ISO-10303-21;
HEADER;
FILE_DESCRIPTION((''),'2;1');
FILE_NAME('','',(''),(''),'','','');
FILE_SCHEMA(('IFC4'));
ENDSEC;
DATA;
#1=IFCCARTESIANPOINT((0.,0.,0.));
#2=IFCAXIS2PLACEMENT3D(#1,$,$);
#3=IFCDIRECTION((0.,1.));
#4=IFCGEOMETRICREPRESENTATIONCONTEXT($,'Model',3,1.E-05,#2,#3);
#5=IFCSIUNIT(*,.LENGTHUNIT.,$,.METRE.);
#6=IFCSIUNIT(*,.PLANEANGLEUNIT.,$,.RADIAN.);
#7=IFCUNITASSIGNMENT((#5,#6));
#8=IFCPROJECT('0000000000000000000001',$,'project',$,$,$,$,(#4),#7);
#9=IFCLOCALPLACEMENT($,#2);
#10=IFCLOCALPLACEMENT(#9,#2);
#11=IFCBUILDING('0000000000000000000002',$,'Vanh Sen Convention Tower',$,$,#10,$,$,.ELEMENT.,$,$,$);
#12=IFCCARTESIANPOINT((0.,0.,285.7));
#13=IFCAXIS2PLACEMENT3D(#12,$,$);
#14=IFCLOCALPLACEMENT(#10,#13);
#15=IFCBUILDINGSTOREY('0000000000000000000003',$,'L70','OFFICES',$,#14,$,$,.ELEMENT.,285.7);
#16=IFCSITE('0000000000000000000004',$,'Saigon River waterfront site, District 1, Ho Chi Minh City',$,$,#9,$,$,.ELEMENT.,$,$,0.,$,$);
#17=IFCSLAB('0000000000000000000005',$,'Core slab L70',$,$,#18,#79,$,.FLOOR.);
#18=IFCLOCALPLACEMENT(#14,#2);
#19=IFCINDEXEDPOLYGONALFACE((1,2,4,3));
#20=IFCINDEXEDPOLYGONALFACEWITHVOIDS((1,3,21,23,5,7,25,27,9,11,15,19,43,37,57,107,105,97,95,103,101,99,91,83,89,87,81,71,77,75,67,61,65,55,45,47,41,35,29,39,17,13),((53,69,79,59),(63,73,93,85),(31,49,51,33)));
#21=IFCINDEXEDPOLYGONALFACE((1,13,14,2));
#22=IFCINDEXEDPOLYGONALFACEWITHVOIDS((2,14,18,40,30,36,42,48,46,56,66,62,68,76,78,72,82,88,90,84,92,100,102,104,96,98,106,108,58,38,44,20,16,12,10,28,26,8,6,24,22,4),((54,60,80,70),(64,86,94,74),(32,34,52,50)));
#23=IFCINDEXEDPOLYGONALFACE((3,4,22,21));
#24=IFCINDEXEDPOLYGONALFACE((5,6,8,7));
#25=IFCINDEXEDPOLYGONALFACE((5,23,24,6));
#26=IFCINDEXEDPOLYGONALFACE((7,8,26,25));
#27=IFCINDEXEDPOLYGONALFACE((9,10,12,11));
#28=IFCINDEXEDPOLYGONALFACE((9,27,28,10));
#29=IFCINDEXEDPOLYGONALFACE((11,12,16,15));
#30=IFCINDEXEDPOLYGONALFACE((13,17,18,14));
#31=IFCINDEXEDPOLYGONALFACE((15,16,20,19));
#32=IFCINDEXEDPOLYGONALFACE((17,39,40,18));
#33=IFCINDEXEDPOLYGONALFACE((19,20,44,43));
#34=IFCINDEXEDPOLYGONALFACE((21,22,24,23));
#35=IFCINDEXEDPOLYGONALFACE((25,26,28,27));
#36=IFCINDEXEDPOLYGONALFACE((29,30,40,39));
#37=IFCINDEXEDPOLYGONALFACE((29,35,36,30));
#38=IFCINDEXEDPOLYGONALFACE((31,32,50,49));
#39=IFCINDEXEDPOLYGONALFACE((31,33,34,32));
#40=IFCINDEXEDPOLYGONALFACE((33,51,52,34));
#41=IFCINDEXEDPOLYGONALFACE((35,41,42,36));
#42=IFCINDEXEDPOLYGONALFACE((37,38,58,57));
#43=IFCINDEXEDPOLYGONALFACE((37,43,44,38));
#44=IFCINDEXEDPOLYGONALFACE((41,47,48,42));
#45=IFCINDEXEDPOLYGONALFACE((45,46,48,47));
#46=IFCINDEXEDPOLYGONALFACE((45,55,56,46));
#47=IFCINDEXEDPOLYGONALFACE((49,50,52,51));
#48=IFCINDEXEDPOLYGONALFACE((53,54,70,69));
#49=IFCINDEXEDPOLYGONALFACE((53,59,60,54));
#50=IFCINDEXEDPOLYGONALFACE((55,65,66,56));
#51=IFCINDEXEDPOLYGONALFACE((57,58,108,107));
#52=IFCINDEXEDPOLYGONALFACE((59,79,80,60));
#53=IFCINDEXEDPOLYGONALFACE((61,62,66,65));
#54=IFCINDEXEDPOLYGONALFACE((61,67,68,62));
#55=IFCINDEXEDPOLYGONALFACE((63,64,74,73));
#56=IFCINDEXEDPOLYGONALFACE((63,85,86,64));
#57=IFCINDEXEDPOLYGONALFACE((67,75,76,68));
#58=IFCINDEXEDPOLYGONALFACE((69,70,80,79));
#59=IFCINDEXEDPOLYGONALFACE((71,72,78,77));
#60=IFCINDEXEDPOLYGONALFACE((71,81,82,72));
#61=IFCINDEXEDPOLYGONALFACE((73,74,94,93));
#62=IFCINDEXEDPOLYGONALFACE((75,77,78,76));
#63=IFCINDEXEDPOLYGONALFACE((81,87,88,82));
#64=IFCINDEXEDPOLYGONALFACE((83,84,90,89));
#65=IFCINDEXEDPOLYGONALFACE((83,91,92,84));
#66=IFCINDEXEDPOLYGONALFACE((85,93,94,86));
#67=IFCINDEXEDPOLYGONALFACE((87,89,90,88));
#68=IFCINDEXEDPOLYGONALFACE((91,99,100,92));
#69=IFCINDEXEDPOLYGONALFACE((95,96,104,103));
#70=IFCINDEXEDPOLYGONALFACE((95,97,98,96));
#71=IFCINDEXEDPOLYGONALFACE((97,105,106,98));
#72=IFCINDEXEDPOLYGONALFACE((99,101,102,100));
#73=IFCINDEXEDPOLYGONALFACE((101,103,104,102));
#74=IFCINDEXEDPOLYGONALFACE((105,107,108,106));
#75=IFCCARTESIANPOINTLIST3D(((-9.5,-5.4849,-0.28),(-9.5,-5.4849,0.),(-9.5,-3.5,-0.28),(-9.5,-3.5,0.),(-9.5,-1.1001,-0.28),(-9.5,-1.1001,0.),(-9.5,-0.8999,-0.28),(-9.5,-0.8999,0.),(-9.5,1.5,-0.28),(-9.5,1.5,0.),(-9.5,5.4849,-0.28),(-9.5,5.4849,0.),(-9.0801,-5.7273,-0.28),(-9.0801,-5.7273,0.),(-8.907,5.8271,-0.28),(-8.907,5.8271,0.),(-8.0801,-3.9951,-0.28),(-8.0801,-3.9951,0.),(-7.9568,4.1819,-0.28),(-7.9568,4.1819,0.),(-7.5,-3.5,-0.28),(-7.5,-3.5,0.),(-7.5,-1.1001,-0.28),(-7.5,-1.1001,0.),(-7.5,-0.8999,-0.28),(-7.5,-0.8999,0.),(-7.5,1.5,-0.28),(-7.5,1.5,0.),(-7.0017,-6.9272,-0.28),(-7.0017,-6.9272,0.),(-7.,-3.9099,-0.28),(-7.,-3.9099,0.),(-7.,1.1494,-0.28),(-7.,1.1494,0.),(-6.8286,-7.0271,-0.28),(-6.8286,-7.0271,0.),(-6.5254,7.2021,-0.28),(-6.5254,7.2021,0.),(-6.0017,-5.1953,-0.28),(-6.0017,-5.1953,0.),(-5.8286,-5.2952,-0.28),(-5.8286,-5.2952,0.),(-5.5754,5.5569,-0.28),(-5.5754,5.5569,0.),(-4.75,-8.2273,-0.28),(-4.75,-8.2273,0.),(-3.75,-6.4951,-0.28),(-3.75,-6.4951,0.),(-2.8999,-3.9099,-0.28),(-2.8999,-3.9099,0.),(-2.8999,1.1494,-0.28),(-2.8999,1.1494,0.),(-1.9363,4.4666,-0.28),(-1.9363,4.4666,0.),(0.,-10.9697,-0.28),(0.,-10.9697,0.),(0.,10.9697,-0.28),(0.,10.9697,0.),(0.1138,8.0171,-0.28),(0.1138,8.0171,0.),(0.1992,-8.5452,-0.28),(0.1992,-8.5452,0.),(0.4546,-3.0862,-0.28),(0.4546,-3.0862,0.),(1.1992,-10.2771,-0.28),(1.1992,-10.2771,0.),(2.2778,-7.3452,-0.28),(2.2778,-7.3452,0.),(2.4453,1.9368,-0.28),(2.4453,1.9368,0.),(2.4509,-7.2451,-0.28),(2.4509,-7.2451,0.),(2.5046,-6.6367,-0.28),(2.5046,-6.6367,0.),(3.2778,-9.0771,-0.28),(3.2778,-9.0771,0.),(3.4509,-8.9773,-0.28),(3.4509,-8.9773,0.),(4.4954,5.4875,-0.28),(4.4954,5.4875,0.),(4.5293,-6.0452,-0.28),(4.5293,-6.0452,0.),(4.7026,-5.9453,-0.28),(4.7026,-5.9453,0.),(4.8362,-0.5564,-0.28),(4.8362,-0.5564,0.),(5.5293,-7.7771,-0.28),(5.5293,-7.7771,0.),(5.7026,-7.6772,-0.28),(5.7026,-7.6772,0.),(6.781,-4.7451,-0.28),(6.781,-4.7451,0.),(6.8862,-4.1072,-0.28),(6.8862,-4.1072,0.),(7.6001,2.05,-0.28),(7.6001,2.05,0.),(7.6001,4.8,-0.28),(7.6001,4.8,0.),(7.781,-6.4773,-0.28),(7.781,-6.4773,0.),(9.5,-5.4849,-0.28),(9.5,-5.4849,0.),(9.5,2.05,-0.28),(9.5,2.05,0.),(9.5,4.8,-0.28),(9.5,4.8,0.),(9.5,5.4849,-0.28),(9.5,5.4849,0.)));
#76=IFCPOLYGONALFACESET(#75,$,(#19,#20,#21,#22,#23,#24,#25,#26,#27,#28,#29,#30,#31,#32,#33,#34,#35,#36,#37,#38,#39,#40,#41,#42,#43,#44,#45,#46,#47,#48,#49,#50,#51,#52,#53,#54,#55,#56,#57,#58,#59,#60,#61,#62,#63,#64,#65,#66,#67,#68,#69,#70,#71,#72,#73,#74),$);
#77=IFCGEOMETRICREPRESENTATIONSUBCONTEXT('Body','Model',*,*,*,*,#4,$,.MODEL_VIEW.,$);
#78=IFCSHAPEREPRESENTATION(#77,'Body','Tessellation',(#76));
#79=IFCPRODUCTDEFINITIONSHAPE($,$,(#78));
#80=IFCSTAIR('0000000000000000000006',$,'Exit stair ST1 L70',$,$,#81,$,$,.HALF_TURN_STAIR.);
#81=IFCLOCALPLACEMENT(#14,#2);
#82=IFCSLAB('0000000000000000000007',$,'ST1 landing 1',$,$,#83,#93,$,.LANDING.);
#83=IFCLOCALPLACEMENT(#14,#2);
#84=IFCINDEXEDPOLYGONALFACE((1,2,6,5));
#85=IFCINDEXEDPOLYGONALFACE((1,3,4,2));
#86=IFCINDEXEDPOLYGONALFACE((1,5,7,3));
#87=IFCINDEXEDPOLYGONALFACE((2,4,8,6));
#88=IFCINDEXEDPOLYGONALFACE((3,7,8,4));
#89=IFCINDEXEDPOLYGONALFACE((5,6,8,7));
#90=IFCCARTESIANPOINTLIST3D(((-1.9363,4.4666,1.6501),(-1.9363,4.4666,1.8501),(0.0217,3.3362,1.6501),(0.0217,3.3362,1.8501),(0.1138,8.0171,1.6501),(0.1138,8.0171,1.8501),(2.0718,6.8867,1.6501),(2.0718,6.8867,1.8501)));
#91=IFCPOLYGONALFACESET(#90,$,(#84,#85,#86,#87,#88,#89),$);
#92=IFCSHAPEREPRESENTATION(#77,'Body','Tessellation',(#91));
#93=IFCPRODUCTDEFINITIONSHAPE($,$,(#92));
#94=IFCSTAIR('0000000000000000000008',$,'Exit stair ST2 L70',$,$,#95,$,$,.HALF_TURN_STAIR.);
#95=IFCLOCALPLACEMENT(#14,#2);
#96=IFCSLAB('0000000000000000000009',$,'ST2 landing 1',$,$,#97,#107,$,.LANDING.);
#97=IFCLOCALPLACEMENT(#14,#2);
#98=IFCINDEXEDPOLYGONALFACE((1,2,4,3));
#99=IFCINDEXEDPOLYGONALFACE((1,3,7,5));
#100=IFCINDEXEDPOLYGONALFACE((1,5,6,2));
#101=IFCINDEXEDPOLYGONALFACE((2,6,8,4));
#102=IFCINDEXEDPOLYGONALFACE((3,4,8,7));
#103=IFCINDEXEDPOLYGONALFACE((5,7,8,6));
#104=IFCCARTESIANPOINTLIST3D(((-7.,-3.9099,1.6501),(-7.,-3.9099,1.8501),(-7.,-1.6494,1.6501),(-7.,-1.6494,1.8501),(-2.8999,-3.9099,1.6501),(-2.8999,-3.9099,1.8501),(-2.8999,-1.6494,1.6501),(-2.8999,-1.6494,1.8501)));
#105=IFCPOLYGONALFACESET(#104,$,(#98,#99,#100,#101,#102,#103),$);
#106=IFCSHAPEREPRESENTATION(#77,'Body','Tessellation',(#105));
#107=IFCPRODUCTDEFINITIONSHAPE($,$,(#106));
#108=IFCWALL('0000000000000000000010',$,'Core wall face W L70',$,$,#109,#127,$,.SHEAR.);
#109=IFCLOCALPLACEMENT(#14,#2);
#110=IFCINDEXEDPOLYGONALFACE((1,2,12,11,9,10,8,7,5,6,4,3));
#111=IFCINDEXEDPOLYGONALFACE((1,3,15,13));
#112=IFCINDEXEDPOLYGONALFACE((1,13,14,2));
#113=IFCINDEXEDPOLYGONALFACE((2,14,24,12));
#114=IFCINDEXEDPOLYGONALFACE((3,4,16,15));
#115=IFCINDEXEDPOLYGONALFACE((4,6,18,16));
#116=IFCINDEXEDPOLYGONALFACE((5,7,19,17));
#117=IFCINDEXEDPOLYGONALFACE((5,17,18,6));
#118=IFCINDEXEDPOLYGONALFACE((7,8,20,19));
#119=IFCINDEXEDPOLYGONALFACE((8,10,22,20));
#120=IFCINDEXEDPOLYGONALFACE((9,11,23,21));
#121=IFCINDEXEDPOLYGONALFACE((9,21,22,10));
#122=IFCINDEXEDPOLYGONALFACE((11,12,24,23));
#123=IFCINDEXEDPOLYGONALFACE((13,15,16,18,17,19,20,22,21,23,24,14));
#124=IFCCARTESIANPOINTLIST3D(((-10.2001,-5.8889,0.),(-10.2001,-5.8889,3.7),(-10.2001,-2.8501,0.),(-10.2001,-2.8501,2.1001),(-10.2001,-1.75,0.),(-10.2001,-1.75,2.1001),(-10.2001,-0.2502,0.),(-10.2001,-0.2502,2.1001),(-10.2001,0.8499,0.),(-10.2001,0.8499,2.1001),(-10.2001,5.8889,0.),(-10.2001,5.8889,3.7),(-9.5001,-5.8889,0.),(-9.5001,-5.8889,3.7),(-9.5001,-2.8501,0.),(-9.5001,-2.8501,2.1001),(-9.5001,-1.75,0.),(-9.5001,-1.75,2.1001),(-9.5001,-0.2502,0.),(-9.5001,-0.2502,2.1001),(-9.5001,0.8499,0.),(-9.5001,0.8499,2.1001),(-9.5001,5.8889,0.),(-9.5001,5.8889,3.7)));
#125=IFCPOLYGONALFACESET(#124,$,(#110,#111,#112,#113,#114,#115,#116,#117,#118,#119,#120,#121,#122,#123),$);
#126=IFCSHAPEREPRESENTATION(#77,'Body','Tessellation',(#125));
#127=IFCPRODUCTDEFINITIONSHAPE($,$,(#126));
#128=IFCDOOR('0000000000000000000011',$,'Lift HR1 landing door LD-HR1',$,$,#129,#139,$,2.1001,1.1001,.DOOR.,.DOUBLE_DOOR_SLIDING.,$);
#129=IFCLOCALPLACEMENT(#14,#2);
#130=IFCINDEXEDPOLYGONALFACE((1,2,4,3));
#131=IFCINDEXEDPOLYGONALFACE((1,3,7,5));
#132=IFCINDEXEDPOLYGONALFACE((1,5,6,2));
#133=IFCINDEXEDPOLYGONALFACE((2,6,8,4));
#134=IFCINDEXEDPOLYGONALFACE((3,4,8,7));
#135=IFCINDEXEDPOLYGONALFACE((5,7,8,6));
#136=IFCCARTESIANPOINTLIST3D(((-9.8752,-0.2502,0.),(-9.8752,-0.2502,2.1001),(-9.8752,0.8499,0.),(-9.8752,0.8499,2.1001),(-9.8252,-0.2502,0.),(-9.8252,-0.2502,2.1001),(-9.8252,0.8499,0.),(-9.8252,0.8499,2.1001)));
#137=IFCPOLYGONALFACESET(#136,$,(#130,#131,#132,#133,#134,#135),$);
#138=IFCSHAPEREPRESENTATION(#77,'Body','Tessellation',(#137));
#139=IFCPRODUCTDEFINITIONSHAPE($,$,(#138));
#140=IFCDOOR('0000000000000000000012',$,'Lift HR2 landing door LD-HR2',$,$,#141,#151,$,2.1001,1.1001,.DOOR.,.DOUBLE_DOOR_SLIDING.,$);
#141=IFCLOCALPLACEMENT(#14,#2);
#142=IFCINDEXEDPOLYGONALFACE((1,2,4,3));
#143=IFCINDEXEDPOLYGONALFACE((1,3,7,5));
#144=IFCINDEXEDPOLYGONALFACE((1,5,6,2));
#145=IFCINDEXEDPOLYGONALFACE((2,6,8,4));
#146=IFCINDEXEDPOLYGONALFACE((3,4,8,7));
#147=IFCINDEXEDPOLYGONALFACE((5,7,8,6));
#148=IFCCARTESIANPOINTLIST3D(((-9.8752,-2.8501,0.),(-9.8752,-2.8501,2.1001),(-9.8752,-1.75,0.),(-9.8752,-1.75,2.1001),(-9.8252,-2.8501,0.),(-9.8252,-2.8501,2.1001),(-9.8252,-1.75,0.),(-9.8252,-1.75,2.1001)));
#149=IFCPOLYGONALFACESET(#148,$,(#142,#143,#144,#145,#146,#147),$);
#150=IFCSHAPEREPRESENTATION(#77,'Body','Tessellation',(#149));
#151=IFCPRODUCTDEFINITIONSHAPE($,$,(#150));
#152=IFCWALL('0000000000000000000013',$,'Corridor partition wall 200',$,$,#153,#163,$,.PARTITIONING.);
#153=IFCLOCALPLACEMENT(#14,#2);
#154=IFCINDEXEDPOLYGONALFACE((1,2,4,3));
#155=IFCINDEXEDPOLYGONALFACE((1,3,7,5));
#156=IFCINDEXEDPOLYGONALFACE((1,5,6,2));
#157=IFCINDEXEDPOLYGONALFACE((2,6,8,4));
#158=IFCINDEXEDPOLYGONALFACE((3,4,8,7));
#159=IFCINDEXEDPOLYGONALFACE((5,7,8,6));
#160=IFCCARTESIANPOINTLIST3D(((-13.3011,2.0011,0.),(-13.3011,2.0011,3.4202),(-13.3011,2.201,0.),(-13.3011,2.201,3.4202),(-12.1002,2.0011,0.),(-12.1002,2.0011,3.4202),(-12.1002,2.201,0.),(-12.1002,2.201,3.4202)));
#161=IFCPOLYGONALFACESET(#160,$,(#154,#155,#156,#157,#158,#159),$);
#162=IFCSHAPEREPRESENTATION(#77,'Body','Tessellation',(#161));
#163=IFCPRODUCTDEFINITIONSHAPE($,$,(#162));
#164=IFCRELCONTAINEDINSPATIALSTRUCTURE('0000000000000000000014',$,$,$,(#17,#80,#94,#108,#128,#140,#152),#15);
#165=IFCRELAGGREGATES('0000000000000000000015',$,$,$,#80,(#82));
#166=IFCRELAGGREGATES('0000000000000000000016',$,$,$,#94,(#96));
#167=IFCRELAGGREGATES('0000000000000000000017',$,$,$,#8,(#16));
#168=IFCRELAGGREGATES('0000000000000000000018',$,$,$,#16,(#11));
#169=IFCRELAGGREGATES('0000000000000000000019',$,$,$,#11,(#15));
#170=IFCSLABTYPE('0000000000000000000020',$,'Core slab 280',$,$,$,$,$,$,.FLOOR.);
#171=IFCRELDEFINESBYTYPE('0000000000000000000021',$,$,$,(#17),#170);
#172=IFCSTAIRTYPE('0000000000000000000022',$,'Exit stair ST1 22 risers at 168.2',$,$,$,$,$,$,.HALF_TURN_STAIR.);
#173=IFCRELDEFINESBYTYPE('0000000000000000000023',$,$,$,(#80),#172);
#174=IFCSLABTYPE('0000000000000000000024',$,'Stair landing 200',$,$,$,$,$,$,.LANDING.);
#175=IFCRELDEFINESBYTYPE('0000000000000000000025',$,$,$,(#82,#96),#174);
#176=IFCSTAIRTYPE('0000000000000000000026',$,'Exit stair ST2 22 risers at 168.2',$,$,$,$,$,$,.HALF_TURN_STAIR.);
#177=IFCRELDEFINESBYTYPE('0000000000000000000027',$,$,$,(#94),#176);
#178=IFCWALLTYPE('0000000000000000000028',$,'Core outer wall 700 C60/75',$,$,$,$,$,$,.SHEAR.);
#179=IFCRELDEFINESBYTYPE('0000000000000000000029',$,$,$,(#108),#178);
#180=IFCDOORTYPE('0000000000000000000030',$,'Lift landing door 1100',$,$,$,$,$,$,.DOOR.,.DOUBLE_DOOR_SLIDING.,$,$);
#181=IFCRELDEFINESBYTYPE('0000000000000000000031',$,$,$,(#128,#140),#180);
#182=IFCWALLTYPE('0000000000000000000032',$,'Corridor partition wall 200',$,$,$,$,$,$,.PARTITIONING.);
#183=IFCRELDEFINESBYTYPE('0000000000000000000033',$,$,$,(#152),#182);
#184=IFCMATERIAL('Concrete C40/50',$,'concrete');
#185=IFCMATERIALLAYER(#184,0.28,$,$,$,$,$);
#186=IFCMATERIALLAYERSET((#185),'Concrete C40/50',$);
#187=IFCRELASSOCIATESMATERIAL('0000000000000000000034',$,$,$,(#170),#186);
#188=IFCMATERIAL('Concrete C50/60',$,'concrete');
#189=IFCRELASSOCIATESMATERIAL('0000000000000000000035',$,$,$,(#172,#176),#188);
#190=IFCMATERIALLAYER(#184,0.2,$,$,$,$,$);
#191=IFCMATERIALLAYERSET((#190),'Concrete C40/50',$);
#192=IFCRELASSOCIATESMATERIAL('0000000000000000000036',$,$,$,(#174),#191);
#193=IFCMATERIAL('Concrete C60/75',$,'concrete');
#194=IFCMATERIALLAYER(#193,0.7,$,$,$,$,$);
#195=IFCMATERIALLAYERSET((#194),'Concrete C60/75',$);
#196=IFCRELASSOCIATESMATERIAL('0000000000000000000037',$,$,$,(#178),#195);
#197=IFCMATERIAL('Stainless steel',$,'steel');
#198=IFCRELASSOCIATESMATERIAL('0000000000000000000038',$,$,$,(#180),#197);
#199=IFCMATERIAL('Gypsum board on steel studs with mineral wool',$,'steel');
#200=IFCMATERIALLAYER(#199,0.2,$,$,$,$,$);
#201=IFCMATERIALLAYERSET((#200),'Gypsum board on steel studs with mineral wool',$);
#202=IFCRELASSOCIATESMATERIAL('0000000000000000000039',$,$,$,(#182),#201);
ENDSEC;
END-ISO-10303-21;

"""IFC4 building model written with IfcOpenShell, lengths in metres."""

from ifc_helpers import new_model, si_unit, direction, frame, frame_2d, origin, place, context, subcontext, project, spatial, polyline, rectangle, outline, extrude, material, layer, layer_set, type_object, element, fill, aggregate, save


model = new_model("IFC4")

# Units and contexts
model_context = context("Model", 3, precision=1e-05, world=origin(), true_north=direction((0.0, 1.0)))
body_context = subcontext(model_context, "Body", "Model", "MODEL_VIEW")
ifc_project = project(units=[si_unit("LENGTHUNIT", "METRE"), si_unit("PLANEANGLEUNIT", "RADIAN")], contexts=[model_context])

# Site, building, storey
site_placement = place(None, origin())
site = spatial("IfcSite", under=ifc_project, at=site_placement, Name="Saigon River waterfront site, District 1, Ho Chi Minh City", CompositionType="ELEMENT", RefElevation=0.0)
building_placement = place(site_placement, origin())
building = spatial("IfcBuilding", under=site, at=building_placement, Name="Vanh Sen Convention Tower", CompositionType="ELEMENT")
storey_placement = place(building_placement, frame((0.0, 0.0, 285.7)))
storey = spatial("IfcBuildingStorey", under=building, at=storey_placement, Name="L70", Description="OFFICES", CompositionType="ELEMENT", Elevation=285.7)

# Slab
ifc_material_1 = material(Name="Concrete C40/50", Category="concrete")
ifc_layer_1 = layer(ifc_material_1, 0.28)
ifc_layer_set_1 = layer_set([ifc_layer_1], Name="Concrete C40/50")
slab_type_1 = type_object("IfcSlabType", Name="Core slab 280", PredefinedType="FLOOR", material=ifc_layer_set_1)
slab_1_placement = place(storey_placement, frame((0.0, 0.0, -0.28)))
element("IfcSlab", 1, at=slab_1_placement, inside=storey, type_object=slab_type_1, Name="Core slab L70", PredefinedType="FLOOR", context=body_context, shape_type="SweptSolid", body=[
    extrude(outline(polyline([(0.0, 10.9697), (9.5, 5.4849), (9.5, 4.8), (7.6001, 4.8), (7.6001, 2.05), (9.5, 2.05), (9.5, -5.4849), (7.781, -6.4773), (6.781, -4.7451), (4.7026, -5.9453), (5.7026, -7.6772), (5.5293, -7.7771), (4.5293, -6.0452), (2.4509, -7.2451), (3.4509, -8.9773), (3.2778, -9.0771), (2.2778, -7.3452), (0.1992, -8.5452), (1.1992, -10.2771), (0.0, -10.9697), (-4.75, -8.2273), (-3.75, -6.4951), (-5.8286, -5.2952), (-6.8286, -7.0271), (-7.0017, -6.9272), (-6.0017, -5.1953), (-8.0801, -3.9951), (-9.0801, -5.7273), (-9.5, -5.4849), (-9.5, -3.5), (-7.5, -3.5), (-7.5, -1.1001), (-9.5, -1.1001), (-9.5, -0.8999), (-7.5, -0.8999), (-7.5, 1.5), (-9.5, 1.5), (-9.5, 5.4849), (-8.907, 5.8271), (-7.9568, 4.1819), (-5.5754, 5.5569), (-6.5254, 7.2021), (0.0, 10.9697)]), holes=[polyline([(-7.0, 1.1494), (-7.0, -3.9099), (-2.8999, -3.9099), (-2.8999, 1.1494), (-7.0, 1.1494)]), polyline([(2.5046, -6.6367), (6.8862, -4.1072), (4.8362, -0.5564), (0.4546, -3.0862), (2.5046, -6.6367)]), polyline([(0.1138, 8.0171), (-1.9363, 4.4666), (2.4453, 1.9368), (4.4954, 5.4875), (0.1138, 8.0171)])]), origin(), (0.0, 0.0, 1.0), 0.28),
])

# Stairs, slabs
ifc_material_2 = material(Name="Concrete C50/60", Category="concrete")
stair_type_1 = type_object("IfcStairType", Name="Exit stair ST1 22 risers at 168.2", PredefinedType="HALF_TURN_STAIR", material=ifc_material_2)
stair_1_placement = place(storey_placement, origin())
stair_1 = element("IfcStair", 2, at=stair_1_placement, inside=storey, type_object=stair_type_1, Name="Exit stair ST1 L70", PredefinedType="HALF_TURN_STAIR")
ifc_layer_2 = layer(ifc_material_1, 0.2)
ifc_layer_set_2 = layer_set([ifc_layer_2], Name="Concrete C40/50")
slab_type_2 = type_object("IfcSlabType", Name="Stair landing 200", PredefinedType="LANDING", material=ifc_layer_set_2)
slab_2_placement = place(storey_placement, frame((0.0, 0.0, 1.6501)))
slab_2 = element("IfcSlab", 3, at=slab_2_placement, type_object=slab_type_2, Name="ST1 landing 1", PredefinedType="LANDING", context=body_context, shape_type="SweptSolid", body=[
    extrude(outline(polyline([(2.0718, 6.8867), (0.1138, 8.0171), (-1.9363, 4.4666), (0.0217, 3.3362), (2.0718, 6.8867)])), origin(), (0.0, 0.0, 1.0), 0.2),
])
aggregate(stair_1, [slab_2])
stair_type_2 = type_object("IfcStairType", Name="Exit stair ST2 22 risers at 168.2", PredefinedType="HALF_TURN_STAIR", material=ifc_material_2)
stair_2_placement = place(storey_placement, origin())
stair_2 = element("IfcStair", 4, at=stair_2_placement, inside=storey, type_object=stair_type_2, Name="Exit stair ST2 L70", PredefinedType="HALF_TURN_STAIR")
slab_3_placement = place(storey_placement, frame((0.0, 0.0, 1.6501)))
slab_3 = element("IfcSlab", 5, at=slab_3_placement, type_object=slab_type_2, Name="ST2 landing 1", PredefinedType="LANDING", context=body_context, shape_type="SweptSolid", body=[
    extrude(outline(polyline([(-7.0, -1.6494), (-7.0, -3.9099), (-2.8999, -3.9099), (-2.8999, -1.6494), (-7.0, -1.6494)])), origin(), (0.0, 0.0, 1.0), 0.2),
])
aggregate(stair_2, [slab_3])

# Wall, openings, doors
ifc_material_3 = material(Name="Concrete C60/75", Category="concrete")
ifc_layer_3 = layer(ifc_material_3, 0.7)
ifc_layer_set_3 = layer_set([ifc_layer_3], Name="Concrete C60/75")
wall_type_1 = type_object("IfcWallType", Name="Core outer wall 700 C60/75", PredefinedType="SHEAR", material=ifc_layer_set_3)
wall_1_placement = place(storey_placement, frame((-9.8501, 5.8889, 0.0), z_axis=(0.0, 0.0, 1.0), x_axis=(0.0, -1.0, 0.0)))
wall_1 = element("IfcWall", 6, at=wall_1_placement, inside=storey, type_object=wall_type_1, Name="Core wall face W L70", PredefinedType="SHEAR", context=body_context, shape_type="SweptSolid", body=[
    extrude(rectangle(XDim=11.7778, YDim=0.7, at=frame_2d((5.8889, 0.0))), origin(), (0.0, 0.0, 1.0), 3.7),
])
opening_1_placement = place(wall_1_placement, frame((5.0391, 0.0, 0.0)))
opening_1 = element("IfcOpeningElement", 7, at=opening_1_placement, cuts=wall_1, PredefinedType="OPENING", context=body_context, shape_type="SweptSolid", body=[
    extrude(rectangle(XDim=1.1001, YDim=2.1001, at=frame_2d((0.55, 1.05))), frame((0.0, 0.3599, 0.0), z_axis=(0.0, -1.0, 0.0), x_axis=(1.0, 0.0, 0.0)), (0.0, 0.0, 1.0), 0.72),
])
opening_2_placement = place(wall_1_placement, frame((7.6389, 0.0, 0.0)))
opening_2 = element("IfcOpeningElement", 8, at=opening_2_placement, cuts=wall_1, PredefinedType="OPENING", context=body_context, shape_type="SweptSolid", body=[
    extrude(rectangle(XDim=1.1001, YDim=2.1001, at=frame_2d((0.55, 1.05))), frame((0.0, 0.3599, 0.0), z_axis=(0.0, -1.0, 0.0), x_axis=(1.0, 0.0, 0.0)), (0.0, 0.0, 1.0), 0.72),
])
ifc_material_4 = material(Name="Stainless steel", Category="steel")
door_type_1 = type_object("IfcDoorType", Name="Lift landing door 1100", OperationType="DOUBLE_DOOR_SLIDING", PredefinedType="DOOR", material=ifc_material_4)
door_1_placement = place(opening_1_placement, origin())
door_1 = element("IfcDoor", 9, at=door_1_placement, inside=storey, type_object=door_type_1, Name="Lift HR1 landing door LD-HR1", OperationType="DOUBLE_DOOR_SLIDING", OverallHeight=2.1001, OverallWidth=1.1001, PredefinedType="DOOR", context=body_context, shape_type="SweptSolid", body=[
    extrude(rectangle(XDim=1.1001, YDim=2.1001, at=frame_2d((0.55, 1.05))), frame((0.0, 0.0249, 0.0), z_axis=(0.0, -1.0, 0.0), x_axis=(1.0, 0.0, 0.0)), (0.0, 0.0, 1.0), 0.05),
])
fill(opening_1, door_1)
door_2_placement = place(opening_2_placement, origin())
door_2 = element("IfcDoor", 10, at=door_2_placement, inside=storey, type_object=door_type_1, Name="Lift HR2 landing door LD-HR2", OperationType="DOUBLE_DOOR_SLIDING", OverallHeight=2.1001, OverallWidth=1.1001, PredefinedType="DOOR", context=body_context, shape_type="SweptSolid", body=[
    extrude(rectangle(XDim=1.1001, YDim=2.1001, at=frame_2d((0.55, 1.05))), frame((0.0, 0.0249, 0.0), z_axis=(0.0, -1.0, 0.0), x_axis=(1.0, 0.0, 0.0)), (0.0, 0.0, 1.0), 0.05),
])
fill(opening_2, door_2)

# Wall
ifc_material_5 = material(Name="Gypsum board on steel studs with mineral wool", Category="steel")
ifc_layer_4 = layer(ifc_material_5, 0.2)
ifc_layer_set_4 = layer_set([ifc_layer_4], Name="Gypsum board on steel studs with mineral wool")
wall_type_2 = type_object("IfcWallType", Name="Corridor partition wall 200", PredefinedType="PARTITIONING", material=ifc_layer_set_4)
wall_2_placement = place(storey_placement, frame((-12.1001, 2.1011, 0.0), z_axis=(0.0, 0.0, 1.0), x_axis=(-1.0, 0.0, 0.0)))
element("IfcWall", 11, at=wall_2_placement, inside=storey, type_object=wall_type_2, Name="Corridor partition wall 200", PredefinedType="PARTITIONING", context=body_context, shape_type="SweptSolid", body=[
    extrude(rectangle(XDim=1.2009, YDim=0.2, at=frame_2d((0.6006, 0.0))), origin(), (0.0, 0.0, 1.0), 3.4202),
])

save(model, "model.ifc")
